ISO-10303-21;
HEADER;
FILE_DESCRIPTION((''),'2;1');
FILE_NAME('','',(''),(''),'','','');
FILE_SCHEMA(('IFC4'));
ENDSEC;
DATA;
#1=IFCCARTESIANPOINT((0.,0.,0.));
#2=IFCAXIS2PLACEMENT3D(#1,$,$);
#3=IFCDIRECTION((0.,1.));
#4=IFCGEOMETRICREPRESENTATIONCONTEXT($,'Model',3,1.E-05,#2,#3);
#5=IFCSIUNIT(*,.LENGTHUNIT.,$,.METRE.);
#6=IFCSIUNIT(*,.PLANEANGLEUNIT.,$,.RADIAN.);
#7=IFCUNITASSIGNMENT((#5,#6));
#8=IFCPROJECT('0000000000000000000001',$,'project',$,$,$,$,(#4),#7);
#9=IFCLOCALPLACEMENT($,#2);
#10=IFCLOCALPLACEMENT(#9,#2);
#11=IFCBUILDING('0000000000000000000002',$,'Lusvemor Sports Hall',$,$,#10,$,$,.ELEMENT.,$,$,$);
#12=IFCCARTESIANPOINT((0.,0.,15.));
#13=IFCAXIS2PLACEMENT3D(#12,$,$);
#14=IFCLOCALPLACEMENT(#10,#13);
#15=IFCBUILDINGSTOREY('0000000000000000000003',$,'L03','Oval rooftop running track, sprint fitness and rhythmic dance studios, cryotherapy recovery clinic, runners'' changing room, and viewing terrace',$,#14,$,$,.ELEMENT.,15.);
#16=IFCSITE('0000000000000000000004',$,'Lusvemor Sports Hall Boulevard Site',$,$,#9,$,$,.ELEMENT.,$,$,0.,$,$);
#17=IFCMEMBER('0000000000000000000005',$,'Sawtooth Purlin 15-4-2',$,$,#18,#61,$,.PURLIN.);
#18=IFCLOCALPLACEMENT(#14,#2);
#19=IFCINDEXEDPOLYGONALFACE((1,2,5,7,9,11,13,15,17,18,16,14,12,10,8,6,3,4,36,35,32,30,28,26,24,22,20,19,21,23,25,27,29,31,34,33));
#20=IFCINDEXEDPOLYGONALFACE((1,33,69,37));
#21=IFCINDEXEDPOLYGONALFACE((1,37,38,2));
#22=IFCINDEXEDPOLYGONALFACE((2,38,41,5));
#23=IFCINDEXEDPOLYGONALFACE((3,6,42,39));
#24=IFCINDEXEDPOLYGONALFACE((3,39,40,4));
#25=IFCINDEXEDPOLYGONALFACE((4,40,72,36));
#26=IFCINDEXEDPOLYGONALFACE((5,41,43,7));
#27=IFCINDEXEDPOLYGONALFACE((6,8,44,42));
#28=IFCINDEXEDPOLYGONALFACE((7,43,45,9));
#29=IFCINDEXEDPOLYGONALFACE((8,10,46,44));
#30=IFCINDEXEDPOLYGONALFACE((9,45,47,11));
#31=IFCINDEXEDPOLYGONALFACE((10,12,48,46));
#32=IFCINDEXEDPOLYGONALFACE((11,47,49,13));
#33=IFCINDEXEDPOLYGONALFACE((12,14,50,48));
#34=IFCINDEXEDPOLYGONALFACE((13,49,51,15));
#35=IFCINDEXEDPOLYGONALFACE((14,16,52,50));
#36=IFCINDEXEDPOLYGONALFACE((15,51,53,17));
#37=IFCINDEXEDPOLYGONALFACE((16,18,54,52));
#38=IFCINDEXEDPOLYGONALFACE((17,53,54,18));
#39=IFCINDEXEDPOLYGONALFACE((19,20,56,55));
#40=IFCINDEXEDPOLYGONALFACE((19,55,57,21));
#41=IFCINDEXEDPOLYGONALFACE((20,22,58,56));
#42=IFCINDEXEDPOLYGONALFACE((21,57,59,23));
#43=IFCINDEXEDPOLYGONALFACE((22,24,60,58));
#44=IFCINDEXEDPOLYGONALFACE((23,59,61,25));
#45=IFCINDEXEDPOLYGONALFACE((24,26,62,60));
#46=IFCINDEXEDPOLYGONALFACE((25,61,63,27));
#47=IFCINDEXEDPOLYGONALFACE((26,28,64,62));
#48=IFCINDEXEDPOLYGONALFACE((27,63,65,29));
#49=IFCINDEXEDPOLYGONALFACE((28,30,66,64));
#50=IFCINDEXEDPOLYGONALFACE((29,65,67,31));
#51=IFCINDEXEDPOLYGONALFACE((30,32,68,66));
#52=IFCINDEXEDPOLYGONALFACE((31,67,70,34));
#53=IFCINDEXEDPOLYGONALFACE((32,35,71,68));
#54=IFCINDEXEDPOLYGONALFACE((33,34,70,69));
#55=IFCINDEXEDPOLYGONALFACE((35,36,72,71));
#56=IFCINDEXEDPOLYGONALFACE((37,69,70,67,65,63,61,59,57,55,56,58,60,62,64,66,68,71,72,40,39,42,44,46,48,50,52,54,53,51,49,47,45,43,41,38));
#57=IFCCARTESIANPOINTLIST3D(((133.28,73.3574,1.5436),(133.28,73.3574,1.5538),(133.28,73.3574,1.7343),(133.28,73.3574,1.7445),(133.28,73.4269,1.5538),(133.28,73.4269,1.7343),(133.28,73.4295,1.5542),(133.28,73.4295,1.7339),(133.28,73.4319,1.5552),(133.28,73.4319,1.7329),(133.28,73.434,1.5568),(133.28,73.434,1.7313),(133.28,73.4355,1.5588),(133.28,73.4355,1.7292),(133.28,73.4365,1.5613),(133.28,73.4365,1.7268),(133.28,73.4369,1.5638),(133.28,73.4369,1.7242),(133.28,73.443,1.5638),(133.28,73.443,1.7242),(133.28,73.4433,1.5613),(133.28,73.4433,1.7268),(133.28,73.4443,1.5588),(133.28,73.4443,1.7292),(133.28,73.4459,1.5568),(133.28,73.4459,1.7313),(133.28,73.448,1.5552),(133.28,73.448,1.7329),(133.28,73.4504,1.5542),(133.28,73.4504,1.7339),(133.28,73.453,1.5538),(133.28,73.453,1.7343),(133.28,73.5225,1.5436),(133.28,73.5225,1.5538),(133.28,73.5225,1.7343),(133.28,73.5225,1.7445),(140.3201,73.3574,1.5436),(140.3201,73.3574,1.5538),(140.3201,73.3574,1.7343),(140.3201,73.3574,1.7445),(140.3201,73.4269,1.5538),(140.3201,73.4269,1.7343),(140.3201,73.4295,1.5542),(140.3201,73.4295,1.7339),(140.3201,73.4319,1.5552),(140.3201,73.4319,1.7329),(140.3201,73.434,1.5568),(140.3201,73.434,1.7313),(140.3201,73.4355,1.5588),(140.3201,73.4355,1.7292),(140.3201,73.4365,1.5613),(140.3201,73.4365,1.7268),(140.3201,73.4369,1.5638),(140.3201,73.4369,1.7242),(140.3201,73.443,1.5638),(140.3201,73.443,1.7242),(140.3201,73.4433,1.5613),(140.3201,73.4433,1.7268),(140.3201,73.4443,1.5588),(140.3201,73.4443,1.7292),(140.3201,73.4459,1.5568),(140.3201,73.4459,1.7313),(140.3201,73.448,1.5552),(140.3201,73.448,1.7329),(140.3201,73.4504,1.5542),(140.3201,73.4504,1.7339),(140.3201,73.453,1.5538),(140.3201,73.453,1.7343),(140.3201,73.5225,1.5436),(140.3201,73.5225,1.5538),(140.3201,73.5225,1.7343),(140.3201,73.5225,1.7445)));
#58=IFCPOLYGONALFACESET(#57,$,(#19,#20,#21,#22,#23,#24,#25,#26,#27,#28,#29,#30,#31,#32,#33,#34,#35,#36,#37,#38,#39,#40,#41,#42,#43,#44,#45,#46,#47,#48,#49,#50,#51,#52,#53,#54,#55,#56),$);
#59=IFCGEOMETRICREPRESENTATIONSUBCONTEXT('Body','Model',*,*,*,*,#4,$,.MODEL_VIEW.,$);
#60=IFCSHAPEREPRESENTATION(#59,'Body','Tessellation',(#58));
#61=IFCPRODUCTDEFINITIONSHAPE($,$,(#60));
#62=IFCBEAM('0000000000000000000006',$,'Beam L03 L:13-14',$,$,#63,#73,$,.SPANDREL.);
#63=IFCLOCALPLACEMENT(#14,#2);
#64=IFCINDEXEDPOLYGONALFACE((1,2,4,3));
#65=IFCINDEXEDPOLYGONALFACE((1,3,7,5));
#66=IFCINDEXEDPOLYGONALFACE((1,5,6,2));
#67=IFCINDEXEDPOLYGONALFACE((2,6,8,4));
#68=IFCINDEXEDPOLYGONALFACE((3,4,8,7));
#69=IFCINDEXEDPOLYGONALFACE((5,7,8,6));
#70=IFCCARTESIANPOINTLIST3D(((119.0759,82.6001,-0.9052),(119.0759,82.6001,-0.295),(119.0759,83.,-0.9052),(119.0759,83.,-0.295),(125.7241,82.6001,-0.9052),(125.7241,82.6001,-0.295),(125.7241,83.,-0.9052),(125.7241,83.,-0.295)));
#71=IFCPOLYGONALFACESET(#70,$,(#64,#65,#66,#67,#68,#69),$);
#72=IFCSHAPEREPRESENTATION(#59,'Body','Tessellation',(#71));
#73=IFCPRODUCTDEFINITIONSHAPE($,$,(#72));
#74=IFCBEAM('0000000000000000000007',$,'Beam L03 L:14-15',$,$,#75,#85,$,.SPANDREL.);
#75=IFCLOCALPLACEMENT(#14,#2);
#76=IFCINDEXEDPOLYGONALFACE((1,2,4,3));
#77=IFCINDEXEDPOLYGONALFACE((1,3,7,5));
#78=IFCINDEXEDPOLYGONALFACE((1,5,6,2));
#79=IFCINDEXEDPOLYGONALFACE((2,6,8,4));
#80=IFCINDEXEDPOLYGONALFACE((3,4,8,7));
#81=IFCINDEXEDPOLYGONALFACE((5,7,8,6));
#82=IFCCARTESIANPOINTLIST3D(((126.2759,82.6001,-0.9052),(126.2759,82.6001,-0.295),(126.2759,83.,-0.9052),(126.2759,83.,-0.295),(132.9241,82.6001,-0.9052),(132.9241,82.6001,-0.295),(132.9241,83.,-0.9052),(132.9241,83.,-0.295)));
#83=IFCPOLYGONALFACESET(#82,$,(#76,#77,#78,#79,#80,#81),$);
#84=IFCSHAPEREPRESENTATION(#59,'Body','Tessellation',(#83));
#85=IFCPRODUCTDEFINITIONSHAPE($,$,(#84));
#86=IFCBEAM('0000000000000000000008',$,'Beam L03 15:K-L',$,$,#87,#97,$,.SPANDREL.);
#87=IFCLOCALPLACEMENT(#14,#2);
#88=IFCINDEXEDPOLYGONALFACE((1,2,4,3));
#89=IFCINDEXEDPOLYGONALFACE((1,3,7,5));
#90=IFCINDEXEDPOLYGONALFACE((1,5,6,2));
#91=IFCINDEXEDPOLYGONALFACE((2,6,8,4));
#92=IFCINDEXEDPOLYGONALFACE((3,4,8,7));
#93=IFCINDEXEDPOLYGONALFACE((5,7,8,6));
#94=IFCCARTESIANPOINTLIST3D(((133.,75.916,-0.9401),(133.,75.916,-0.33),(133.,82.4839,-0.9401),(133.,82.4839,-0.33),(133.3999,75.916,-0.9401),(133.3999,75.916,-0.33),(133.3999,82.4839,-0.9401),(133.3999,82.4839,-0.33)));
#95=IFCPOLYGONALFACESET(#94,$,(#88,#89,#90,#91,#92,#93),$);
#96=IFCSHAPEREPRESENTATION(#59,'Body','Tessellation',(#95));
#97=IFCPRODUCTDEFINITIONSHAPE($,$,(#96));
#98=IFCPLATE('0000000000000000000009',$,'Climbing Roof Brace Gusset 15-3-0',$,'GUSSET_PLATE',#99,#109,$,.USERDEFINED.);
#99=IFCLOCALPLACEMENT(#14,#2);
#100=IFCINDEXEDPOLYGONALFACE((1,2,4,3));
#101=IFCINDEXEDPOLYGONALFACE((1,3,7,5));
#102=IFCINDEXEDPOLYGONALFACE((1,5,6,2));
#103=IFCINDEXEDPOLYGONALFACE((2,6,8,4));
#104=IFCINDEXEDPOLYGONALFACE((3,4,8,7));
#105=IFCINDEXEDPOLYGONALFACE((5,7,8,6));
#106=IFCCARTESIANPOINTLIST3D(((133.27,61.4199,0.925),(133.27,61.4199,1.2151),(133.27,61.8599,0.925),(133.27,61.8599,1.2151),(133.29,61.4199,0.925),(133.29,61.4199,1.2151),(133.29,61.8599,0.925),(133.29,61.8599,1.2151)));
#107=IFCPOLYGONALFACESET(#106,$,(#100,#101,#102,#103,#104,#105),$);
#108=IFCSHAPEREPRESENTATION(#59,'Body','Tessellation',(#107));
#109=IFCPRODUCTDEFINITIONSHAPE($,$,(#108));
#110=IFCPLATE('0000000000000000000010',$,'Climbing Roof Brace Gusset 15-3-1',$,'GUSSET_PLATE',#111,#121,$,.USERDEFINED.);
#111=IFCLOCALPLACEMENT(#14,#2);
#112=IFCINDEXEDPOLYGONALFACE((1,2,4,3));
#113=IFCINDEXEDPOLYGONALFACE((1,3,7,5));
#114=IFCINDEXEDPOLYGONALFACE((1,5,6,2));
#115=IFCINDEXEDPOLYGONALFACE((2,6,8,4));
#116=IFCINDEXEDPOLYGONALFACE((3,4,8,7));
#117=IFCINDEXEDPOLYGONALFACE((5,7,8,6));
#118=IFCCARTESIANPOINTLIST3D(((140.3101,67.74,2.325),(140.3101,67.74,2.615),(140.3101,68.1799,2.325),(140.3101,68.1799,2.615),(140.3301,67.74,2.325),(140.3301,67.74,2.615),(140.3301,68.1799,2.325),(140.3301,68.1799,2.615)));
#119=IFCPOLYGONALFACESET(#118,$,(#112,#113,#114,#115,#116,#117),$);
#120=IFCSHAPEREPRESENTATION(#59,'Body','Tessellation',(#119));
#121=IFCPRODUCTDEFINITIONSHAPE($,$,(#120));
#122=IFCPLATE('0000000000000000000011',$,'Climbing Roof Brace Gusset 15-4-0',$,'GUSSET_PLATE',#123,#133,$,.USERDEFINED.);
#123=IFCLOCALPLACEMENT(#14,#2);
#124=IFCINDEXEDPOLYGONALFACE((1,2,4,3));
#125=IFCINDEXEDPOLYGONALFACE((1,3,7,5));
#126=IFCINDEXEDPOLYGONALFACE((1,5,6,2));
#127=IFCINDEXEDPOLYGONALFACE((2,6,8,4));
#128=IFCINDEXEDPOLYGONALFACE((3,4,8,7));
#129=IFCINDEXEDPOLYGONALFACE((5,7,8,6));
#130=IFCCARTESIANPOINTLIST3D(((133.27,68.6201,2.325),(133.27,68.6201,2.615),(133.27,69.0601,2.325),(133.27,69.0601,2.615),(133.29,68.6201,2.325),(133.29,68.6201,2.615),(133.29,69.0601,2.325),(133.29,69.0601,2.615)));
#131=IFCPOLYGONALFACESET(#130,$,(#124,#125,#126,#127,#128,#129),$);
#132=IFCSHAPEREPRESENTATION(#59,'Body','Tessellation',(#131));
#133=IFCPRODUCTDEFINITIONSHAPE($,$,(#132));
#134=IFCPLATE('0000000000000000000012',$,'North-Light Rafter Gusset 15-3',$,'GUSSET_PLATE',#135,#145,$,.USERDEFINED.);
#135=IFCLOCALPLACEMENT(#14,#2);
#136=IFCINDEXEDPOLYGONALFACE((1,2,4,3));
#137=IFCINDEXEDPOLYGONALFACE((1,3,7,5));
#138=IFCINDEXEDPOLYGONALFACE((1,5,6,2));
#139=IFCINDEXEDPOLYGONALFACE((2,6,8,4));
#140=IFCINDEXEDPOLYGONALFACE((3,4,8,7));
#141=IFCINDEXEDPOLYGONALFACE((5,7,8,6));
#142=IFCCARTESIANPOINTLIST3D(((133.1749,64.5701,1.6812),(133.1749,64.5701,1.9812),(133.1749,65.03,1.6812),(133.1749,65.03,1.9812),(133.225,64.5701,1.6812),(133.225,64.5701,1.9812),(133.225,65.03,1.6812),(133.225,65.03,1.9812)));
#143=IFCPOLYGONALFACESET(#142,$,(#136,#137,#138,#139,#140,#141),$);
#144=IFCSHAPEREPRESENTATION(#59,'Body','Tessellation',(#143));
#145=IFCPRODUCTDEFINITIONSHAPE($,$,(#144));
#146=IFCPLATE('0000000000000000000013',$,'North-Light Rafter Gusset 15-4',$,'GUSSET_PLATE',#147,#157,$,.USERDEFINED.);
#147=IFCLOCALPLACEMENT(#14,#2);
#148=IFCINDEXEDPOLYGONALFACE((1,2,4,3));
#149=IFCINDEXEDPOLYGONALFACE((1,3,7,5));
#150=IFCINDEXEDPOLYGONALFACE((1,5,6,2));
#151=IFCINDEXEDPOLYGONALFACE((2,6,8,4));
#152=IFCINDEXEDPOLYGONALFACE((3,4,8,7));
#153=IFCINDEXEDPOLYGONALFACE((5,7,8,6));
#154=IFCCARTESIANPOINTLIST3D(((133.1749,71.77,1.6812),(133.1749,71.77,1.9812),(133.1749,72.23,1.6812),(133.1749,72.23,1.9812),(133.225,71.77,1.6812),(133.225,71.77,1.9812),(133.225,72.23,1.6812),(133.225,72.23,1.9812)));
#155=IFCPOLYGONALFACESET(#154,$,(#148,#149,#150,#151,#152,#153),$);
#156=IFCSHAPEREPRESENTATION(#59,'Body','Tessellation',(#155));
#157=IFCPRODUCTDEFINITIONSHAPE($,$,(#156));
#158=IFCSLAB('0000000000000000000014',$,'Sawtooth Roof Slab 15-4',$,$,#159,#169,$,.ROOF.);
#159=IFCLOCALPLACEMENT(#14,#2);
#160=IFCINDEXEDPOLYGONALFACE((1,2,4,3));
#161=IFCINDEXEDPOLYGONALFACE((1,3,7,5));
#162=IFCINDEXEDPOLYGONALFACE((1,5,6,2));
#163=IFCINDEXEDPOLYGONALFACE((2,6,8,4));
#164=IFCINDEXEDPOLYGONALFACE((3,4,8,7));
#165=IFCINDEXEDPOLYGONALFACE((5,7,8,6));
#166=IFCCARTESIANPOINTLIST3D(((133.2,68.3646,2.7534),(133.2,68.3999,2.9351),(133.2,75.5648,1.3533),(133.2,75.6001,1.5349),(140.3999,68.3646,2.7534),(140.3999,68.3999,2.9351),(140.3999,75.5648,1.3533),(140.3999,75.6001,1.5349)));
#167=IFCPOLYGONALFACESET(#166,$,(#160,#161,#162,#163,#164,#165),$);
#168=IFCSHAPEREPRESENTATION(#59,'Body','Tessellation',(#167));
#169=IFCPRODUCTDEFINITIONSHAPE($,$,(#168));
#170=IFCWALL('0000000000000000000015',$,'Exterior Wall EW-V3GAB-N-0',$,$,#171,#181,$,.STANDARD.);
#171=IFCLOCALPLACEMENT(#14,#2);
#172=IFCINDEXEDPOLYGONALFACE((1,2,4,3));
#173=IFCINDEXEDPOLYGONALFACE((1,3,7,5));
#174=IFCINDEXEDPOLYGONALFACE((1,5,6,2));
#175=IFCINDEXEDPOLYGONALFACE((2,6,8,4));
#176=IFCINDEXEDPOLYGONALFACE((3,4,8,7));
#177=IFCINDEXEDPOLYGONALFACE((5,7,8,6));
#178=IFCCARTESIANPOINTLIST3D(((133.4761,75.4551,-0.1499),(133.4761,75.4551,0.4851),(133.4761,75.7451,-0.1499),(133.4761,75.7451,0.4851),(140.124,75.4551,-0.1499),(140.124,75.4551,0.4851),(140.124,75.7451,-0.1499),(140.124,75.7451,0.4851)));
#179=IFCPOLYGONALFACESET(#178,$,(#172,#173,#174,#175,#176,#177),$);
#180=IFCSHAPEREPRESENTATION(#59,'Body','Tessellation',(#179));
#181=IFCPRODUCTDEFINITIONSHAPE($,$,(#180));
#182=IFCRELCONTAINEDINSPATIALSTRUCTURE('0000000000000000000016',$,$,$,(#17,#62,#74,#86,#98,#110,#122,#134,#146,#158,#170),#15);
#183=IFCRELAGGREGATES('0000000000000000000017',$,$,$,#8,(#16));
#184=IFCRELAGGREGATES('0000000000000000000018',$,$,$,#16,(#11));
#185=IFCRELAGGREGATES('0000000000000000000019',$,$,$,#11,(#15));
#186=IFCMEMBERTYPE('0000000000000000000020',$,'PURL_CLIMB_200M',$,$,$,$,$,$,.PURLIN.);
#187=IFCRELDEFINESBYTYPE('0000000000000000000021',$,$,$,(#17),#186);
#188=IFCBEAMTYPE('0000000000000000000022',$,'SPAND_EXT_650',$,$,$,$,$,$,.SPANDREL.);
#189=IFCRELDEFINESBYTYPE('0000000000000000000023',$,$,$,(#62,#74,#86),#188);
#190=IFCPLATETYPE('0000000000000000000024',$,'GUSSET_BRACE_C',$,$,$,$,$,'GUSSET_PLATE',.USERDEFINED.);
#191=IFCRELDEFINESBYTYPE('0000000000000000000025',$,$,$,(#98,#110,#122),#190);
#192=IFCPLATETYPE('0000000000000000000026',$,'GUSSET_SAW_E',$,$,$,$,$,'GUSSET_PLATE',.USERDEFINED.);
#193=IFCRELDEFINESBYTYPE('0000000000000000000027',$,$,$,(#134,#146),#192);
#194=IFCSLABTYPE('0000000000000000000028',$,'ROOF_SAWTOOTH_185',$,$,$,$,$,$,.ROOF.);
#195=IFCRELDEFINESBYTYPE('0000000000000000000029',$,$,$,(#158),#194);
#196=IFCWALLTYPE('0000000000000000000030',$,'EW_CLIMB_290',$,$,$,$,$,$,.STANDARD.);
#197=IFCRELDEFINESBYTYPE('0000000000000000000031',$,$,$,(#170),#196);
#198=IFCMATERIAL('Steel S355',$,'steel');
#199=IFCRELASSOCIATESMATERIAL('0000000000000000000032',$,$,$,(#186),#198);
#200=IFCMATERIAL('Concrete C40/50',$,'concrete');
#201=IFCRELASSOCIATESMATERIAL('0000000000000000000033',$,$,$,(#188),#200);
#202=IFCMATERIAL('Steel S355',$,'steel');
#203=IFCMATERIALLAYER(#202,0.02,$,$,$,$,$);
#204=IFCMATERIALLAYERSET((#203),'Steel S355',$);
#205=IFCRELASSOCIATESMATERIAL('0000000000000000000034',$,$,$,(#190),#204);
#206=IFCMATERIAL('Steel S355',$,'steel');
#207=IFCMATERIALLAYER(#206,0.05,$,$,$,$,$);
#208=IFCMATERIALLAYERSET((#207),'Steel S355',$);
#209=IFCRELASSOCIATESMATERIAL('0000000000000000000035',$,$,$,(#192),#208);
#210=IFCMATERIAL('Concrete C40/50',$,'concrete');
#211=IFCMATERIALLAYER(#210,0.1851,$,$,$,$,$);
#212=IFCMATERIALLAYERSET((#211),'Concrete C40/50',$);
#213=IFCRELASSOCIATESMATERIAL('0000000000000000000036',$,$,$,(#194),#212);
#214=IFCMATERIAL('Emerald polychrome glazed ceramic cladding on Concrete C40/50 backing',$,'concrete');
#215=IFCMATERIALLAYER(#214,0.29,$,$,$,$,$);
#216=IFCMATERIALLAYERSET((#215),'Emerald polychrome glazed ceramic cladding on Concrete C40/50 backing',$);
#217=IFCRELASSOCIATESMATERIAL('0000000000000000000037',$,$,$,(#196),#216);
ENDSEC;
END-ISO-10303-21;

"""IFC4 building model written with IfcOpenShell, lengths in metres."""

from ifc_helpers import new_model, si_unit, direction, frame, frame_2d, origin, origin_2d, place, context, subcontext, project, spatial, polyline, rectangle, i_section, outline, extrude, material, layer, layer_set, material_profile, profile_set, type_object, element, save


model = new_model("IFC4")

# Units and contexts
model_context = context("Model", 3, precision=1e-05, world=origin(), true_north=direction((0.0, 1.0)))
body_context = subcontext(model_context, "Body", "Model", "MODEL_VIEW")
ifc_project = project(units=[si_unit("LENGTHUNIT", "METRE"), si_unit("PLANEANGLEUNIT", "RADIAN")], contexts=[model_context])

# Site, building, storey
site_placement = place(None, origin())
site = spatial("IfcSite", under=ifc_project, at=site_placement, Name="Lusvemor Sports Hall Boulevard Site", CompositionType="ELEMENT", RefElevation=0.0)
building_placement = place(site_placement, origin())
building = spatial("IfcBuilding", under=site, at=building_placement, Name="Lusvemor Sports Hall", CompositionType="ELEMENT")
storey_placement = place(building_placement, frame((0.0, 0.0, 15.0)))
storey = spatial("IfcBuildingStorey", under=building, at=storey_placement, Name="L03", Description="Oval rooftop running track, sprint fitness and rhythmic dance studios, cryotherapy recovery clinic, runners' changing room, and viewing terrace", CompositionType="ELEMENT", Elevation=15.0)

# Member
ifc_material_1 = material(Name="Steel S355", Category="steel")
ifc_material_profile_1 = material_profile(ifc_material_1, i_section(OverallWidth=0.165, OverallDepth=0.2009, WebThickness=0.0061, FlangeThickness=0.0103, FilletRadius=0.01, at=origin_2d()), Name="W200x35.9")
ifc_profile_set_1 = profile_set([ifc_material_profile_1], Name="Steel S355")
member_type_1 = type_object("IfcMemberType", Name="PURL_CLIMB_200M", PredefinedType="PURLIN", material=ifc_profile_set_1)
for number, where, z_axis, x_axis, name in (
    (1, (133.28, 73.4399, 1.644), (1.0, 0.0, 0.0), (0.0, 1.0, 0.0), "Sawtooth Purlin 15-4-2"),
):
    element("IfcMember", number, at=place(storey_placement, frame(where, z_axis=z_axis, x_axis=x_axis)), inside=storey, type_object=member_type_1, Name=name, PredefinedType="PURLIN", context=body_context, shape_type="SweptSolid", body=[
        extrude(i_section(OverallWidth=0.165, OverallDepth=0.2009, WebThickness=0.0061, FlangeThickness=0.0103, FilletRadius=0.01, at=origin_2d()), origin(), (0.0, 0.0, 1.0), 7.04),
    ])

# Beams
ifc_material_2 = material(Name="Concrete C40/50", Category="concrete")
ifc_material_profile_2 = material_profile(ifc_material_2, rectangle(XDim=0.3999, YDim=0.6101, at=origin_2d()), Name="RC400x610")
ifc_profile_set_2 = profile_set([ifc_material_profile_2], Name="Concrete C40/50")
beam_type_1 = type_object("IfcBeamType", Name="SPAND_EXT_650", PredefinedType="SPANDREL", material=ifc_profile_set_2)
for number, where, z_axis, x_axis, name in (
    (2, (119.0759, 82.8, -0.6001), (1.0, 0.0, 0.0), (0.0, 1.0, 0.0), "Beam L03 L:13-14"),
    (3, (126.2759, 82.8, -0.6001), (1.0, 0.0, 0.0), (0.0, 1.0, 0.0), "Beam L03 L:14-15"),
):
    element("IfcBeam", number, at=place(storey_placement, frame(where, z_axis=z_axis, x_axis=x_axis)), inside=storey, type_object=beam_type_1, Name=name, PredefinedType="SPANDREL", context=body_context, shape_type="SweptSolid", body=[
        extrude(rectangle(XDim=0.3999, YDim=0.6101, at=origin_2d()), origin(), (0.0, 0.0, 1.0), 6.6482),
    ])
beam_1_placement = place(storey_placement, frame((133.2, 75.916, -0.635), z_axis=(0.0, 1.0, 0.0), x_axis=(-1.0, 0.0, 0.0)))
element("IfcBeam", 4, at=beam_1_placement, inside=storey, type_object=beam_type_1, Name="Beam L03 15:K-L", PredefinedType="SPANDREL", context=body_context, shape_type="SweptSolid", body=[
    extrude(rectangle(XDim=0.3999, YDim=0.6101, at=origin_2d()), origin(), (0.0, 0.0, 1.0), 6.5679),
])

# Plates
ifc_material_3 = material(Name="Steel S355", Category="steel")
ifc_layer_1 = layer(ifc_material_3, 0.02)
ifc_layer_set_1 = layer_set([ifc_layer_1], Name="Steel S355")
plate_type_1 = type_object("IfcPlateType", Name="GUSSET_BRACE_C", ElementType="GUSSET_PLATE", PredefinedType="USERDEFINED", material=ifc_layer_set_1)
for number, where, z_axis, x_axis, name in (
    (5, (133.28, 61.6399, 0.925), (0.0, 0.0, 1.0), (1.0, 0.0, 0.0), "Climbing Roof Brace Gusset 15-3-0"),
    (6, (140.3201, 67.96, 2.325), (0.0, 0.0, 1.0), (1.0, 0.0, 0.0), "Climbing Roof Brace Gusset 15-3-1"),
    (7, (133.28, 68.8401, 2.325), (0.0, 0.0, 1.0), (1.0, 0.0, 0.0), "Climbing Roof Brace Gusset 15-4-0"),
):
    element("IfcPlate", number, at=place(storey_placement, frame(where, z_axis=z_axis, x_axis=x_axis)), inside=storey, type_object=plate_type_1, Name=name, ObjectType="GUSSET_PLATE", PredefinedType="USERDEFINED", context=body_context, shape_type="SweptSolid", body=[
        extrude(rectangle(XDim=0.02, YDim=0.4399, at=origin_2d()), origin(), (0.0, 0.0, 1.0), 0.29),
    ])
ifc_material_4 = material(Name="Steel S355", Category="steel")
ifc_layer_2 = layer(ifc_material_4, 0.05)
ifc_layer_set_2 = layer_set([ifc_layer_2], Name="Steel S355")
plate_type_2 = type_object("IfcPlateType", Name="GUSSET_SAW_E", ElementType="GUSSET_PLATE", PredefinedType="USERDEFINED", material=ifc_layer_set_2)
for number, where, z_axis, x_axis, name in (
    (8, (133.2, 64.8, 1.6812), (0.0, 0.0, 1.0), (1.0, 0.0, 0.0), "North-Light Rafter Gusset 15-3"),
    (9, (133.2, 72.0, 1.6812), (0.0, 0.0, 1.0), (1.0, 0.0, 0.0), "North-Light Rafter Gusset 15-4"),
):
    element("IfcPlate", number, at=place(storey_placement, frame(where, z_axis=z_axis, x_axis=x_axis)), inside=storey, type_object=plate_type_2, Name=name, ObjectType="GUSSET_PLATE", PredefinedType="USERDEFINED", context=body_context, shape_type="SweptSolid", body=[
        extrude(rectangle(XDim=0.05, YDim=0.46, at=origin_2d()), origin(), (0.0, 0.0, 1.0), 0.3),
    ])

# Slab
ifc_material_5 = material(Name="Concrete C40/50", Category="concrete")
ifc_layer_3 = layer(ifc_material_5, 0.1851)
ifc_layer_set_3 = layer_set([ifc_layer_3], Name="Concrete C40/50")
slab_type = type_object("IfcSlabType", Name="ROOF_SAWTOOTH_185", PredefinedType="ROOF", material=ifc_layer_set_3)
slab_placement = place(storey_placement, frame((133.2, 68.3999, 2.9351), z_axis=(0.0, 0.190884, 0.981613), x_axis=(1.0, 0.0, 0.0)))
element("IfcSlab", 10, at=slab_placement, inside=storey, type_object=slab_type, Name="Sawtooth Roof Slab 15-4", PredefinedType="ROOF", context=body_context, shape_type="SweptSolid", body=[
    extrude(outline(polyline([(0.0, 0.0), (7.2, 0.0), (7.2, 7.3351), (0.0, 7.3351), (0.0, 0.0)])), origin(), (0.0, 0.0, -1.0), 0.1851),
])

# Wall
ifc_material_6 = material(Name="Emerald polychrome glazed ceramic cladding on Concrete C40/50 backing", Category="concrete")
ifc_layer_4 = layer(ifc_material_6, 0.29)
ifc_layer_set_4 = layer_set([ifc_layer_4], Name="Emerald polychrome glazed ceramic cladding on Concrete C40/50 backing")
wall_type = type_object("IfcWallType", Name="EW_CLIMB_290", PredefinedType="STANDARD", material=ifc_layer_set_4)
wall_placement = place(storey_placement, frame((133.4761, 75.6001, -0.1499), z_axis=(0.0, 0.0, 1.0), x_axis=(1.0, 0.0, 0.0)))
element("IfcWall", 11, at=wall_placement, inside=storey, type_object=wall_type, Name="Exterior Wall EW-V3GAB-N-0", PredefinedType="STANDARD", context=body_context, shape_type="SweptSolid", body=[
    extrude(rectangle(XDim=6.6479, YDim=0.29, at=frame_2d((3.324, 0.0))), origin(), (0.0, 0.0, 1.0), 0.635),
])

save(model, "model.ifc")
